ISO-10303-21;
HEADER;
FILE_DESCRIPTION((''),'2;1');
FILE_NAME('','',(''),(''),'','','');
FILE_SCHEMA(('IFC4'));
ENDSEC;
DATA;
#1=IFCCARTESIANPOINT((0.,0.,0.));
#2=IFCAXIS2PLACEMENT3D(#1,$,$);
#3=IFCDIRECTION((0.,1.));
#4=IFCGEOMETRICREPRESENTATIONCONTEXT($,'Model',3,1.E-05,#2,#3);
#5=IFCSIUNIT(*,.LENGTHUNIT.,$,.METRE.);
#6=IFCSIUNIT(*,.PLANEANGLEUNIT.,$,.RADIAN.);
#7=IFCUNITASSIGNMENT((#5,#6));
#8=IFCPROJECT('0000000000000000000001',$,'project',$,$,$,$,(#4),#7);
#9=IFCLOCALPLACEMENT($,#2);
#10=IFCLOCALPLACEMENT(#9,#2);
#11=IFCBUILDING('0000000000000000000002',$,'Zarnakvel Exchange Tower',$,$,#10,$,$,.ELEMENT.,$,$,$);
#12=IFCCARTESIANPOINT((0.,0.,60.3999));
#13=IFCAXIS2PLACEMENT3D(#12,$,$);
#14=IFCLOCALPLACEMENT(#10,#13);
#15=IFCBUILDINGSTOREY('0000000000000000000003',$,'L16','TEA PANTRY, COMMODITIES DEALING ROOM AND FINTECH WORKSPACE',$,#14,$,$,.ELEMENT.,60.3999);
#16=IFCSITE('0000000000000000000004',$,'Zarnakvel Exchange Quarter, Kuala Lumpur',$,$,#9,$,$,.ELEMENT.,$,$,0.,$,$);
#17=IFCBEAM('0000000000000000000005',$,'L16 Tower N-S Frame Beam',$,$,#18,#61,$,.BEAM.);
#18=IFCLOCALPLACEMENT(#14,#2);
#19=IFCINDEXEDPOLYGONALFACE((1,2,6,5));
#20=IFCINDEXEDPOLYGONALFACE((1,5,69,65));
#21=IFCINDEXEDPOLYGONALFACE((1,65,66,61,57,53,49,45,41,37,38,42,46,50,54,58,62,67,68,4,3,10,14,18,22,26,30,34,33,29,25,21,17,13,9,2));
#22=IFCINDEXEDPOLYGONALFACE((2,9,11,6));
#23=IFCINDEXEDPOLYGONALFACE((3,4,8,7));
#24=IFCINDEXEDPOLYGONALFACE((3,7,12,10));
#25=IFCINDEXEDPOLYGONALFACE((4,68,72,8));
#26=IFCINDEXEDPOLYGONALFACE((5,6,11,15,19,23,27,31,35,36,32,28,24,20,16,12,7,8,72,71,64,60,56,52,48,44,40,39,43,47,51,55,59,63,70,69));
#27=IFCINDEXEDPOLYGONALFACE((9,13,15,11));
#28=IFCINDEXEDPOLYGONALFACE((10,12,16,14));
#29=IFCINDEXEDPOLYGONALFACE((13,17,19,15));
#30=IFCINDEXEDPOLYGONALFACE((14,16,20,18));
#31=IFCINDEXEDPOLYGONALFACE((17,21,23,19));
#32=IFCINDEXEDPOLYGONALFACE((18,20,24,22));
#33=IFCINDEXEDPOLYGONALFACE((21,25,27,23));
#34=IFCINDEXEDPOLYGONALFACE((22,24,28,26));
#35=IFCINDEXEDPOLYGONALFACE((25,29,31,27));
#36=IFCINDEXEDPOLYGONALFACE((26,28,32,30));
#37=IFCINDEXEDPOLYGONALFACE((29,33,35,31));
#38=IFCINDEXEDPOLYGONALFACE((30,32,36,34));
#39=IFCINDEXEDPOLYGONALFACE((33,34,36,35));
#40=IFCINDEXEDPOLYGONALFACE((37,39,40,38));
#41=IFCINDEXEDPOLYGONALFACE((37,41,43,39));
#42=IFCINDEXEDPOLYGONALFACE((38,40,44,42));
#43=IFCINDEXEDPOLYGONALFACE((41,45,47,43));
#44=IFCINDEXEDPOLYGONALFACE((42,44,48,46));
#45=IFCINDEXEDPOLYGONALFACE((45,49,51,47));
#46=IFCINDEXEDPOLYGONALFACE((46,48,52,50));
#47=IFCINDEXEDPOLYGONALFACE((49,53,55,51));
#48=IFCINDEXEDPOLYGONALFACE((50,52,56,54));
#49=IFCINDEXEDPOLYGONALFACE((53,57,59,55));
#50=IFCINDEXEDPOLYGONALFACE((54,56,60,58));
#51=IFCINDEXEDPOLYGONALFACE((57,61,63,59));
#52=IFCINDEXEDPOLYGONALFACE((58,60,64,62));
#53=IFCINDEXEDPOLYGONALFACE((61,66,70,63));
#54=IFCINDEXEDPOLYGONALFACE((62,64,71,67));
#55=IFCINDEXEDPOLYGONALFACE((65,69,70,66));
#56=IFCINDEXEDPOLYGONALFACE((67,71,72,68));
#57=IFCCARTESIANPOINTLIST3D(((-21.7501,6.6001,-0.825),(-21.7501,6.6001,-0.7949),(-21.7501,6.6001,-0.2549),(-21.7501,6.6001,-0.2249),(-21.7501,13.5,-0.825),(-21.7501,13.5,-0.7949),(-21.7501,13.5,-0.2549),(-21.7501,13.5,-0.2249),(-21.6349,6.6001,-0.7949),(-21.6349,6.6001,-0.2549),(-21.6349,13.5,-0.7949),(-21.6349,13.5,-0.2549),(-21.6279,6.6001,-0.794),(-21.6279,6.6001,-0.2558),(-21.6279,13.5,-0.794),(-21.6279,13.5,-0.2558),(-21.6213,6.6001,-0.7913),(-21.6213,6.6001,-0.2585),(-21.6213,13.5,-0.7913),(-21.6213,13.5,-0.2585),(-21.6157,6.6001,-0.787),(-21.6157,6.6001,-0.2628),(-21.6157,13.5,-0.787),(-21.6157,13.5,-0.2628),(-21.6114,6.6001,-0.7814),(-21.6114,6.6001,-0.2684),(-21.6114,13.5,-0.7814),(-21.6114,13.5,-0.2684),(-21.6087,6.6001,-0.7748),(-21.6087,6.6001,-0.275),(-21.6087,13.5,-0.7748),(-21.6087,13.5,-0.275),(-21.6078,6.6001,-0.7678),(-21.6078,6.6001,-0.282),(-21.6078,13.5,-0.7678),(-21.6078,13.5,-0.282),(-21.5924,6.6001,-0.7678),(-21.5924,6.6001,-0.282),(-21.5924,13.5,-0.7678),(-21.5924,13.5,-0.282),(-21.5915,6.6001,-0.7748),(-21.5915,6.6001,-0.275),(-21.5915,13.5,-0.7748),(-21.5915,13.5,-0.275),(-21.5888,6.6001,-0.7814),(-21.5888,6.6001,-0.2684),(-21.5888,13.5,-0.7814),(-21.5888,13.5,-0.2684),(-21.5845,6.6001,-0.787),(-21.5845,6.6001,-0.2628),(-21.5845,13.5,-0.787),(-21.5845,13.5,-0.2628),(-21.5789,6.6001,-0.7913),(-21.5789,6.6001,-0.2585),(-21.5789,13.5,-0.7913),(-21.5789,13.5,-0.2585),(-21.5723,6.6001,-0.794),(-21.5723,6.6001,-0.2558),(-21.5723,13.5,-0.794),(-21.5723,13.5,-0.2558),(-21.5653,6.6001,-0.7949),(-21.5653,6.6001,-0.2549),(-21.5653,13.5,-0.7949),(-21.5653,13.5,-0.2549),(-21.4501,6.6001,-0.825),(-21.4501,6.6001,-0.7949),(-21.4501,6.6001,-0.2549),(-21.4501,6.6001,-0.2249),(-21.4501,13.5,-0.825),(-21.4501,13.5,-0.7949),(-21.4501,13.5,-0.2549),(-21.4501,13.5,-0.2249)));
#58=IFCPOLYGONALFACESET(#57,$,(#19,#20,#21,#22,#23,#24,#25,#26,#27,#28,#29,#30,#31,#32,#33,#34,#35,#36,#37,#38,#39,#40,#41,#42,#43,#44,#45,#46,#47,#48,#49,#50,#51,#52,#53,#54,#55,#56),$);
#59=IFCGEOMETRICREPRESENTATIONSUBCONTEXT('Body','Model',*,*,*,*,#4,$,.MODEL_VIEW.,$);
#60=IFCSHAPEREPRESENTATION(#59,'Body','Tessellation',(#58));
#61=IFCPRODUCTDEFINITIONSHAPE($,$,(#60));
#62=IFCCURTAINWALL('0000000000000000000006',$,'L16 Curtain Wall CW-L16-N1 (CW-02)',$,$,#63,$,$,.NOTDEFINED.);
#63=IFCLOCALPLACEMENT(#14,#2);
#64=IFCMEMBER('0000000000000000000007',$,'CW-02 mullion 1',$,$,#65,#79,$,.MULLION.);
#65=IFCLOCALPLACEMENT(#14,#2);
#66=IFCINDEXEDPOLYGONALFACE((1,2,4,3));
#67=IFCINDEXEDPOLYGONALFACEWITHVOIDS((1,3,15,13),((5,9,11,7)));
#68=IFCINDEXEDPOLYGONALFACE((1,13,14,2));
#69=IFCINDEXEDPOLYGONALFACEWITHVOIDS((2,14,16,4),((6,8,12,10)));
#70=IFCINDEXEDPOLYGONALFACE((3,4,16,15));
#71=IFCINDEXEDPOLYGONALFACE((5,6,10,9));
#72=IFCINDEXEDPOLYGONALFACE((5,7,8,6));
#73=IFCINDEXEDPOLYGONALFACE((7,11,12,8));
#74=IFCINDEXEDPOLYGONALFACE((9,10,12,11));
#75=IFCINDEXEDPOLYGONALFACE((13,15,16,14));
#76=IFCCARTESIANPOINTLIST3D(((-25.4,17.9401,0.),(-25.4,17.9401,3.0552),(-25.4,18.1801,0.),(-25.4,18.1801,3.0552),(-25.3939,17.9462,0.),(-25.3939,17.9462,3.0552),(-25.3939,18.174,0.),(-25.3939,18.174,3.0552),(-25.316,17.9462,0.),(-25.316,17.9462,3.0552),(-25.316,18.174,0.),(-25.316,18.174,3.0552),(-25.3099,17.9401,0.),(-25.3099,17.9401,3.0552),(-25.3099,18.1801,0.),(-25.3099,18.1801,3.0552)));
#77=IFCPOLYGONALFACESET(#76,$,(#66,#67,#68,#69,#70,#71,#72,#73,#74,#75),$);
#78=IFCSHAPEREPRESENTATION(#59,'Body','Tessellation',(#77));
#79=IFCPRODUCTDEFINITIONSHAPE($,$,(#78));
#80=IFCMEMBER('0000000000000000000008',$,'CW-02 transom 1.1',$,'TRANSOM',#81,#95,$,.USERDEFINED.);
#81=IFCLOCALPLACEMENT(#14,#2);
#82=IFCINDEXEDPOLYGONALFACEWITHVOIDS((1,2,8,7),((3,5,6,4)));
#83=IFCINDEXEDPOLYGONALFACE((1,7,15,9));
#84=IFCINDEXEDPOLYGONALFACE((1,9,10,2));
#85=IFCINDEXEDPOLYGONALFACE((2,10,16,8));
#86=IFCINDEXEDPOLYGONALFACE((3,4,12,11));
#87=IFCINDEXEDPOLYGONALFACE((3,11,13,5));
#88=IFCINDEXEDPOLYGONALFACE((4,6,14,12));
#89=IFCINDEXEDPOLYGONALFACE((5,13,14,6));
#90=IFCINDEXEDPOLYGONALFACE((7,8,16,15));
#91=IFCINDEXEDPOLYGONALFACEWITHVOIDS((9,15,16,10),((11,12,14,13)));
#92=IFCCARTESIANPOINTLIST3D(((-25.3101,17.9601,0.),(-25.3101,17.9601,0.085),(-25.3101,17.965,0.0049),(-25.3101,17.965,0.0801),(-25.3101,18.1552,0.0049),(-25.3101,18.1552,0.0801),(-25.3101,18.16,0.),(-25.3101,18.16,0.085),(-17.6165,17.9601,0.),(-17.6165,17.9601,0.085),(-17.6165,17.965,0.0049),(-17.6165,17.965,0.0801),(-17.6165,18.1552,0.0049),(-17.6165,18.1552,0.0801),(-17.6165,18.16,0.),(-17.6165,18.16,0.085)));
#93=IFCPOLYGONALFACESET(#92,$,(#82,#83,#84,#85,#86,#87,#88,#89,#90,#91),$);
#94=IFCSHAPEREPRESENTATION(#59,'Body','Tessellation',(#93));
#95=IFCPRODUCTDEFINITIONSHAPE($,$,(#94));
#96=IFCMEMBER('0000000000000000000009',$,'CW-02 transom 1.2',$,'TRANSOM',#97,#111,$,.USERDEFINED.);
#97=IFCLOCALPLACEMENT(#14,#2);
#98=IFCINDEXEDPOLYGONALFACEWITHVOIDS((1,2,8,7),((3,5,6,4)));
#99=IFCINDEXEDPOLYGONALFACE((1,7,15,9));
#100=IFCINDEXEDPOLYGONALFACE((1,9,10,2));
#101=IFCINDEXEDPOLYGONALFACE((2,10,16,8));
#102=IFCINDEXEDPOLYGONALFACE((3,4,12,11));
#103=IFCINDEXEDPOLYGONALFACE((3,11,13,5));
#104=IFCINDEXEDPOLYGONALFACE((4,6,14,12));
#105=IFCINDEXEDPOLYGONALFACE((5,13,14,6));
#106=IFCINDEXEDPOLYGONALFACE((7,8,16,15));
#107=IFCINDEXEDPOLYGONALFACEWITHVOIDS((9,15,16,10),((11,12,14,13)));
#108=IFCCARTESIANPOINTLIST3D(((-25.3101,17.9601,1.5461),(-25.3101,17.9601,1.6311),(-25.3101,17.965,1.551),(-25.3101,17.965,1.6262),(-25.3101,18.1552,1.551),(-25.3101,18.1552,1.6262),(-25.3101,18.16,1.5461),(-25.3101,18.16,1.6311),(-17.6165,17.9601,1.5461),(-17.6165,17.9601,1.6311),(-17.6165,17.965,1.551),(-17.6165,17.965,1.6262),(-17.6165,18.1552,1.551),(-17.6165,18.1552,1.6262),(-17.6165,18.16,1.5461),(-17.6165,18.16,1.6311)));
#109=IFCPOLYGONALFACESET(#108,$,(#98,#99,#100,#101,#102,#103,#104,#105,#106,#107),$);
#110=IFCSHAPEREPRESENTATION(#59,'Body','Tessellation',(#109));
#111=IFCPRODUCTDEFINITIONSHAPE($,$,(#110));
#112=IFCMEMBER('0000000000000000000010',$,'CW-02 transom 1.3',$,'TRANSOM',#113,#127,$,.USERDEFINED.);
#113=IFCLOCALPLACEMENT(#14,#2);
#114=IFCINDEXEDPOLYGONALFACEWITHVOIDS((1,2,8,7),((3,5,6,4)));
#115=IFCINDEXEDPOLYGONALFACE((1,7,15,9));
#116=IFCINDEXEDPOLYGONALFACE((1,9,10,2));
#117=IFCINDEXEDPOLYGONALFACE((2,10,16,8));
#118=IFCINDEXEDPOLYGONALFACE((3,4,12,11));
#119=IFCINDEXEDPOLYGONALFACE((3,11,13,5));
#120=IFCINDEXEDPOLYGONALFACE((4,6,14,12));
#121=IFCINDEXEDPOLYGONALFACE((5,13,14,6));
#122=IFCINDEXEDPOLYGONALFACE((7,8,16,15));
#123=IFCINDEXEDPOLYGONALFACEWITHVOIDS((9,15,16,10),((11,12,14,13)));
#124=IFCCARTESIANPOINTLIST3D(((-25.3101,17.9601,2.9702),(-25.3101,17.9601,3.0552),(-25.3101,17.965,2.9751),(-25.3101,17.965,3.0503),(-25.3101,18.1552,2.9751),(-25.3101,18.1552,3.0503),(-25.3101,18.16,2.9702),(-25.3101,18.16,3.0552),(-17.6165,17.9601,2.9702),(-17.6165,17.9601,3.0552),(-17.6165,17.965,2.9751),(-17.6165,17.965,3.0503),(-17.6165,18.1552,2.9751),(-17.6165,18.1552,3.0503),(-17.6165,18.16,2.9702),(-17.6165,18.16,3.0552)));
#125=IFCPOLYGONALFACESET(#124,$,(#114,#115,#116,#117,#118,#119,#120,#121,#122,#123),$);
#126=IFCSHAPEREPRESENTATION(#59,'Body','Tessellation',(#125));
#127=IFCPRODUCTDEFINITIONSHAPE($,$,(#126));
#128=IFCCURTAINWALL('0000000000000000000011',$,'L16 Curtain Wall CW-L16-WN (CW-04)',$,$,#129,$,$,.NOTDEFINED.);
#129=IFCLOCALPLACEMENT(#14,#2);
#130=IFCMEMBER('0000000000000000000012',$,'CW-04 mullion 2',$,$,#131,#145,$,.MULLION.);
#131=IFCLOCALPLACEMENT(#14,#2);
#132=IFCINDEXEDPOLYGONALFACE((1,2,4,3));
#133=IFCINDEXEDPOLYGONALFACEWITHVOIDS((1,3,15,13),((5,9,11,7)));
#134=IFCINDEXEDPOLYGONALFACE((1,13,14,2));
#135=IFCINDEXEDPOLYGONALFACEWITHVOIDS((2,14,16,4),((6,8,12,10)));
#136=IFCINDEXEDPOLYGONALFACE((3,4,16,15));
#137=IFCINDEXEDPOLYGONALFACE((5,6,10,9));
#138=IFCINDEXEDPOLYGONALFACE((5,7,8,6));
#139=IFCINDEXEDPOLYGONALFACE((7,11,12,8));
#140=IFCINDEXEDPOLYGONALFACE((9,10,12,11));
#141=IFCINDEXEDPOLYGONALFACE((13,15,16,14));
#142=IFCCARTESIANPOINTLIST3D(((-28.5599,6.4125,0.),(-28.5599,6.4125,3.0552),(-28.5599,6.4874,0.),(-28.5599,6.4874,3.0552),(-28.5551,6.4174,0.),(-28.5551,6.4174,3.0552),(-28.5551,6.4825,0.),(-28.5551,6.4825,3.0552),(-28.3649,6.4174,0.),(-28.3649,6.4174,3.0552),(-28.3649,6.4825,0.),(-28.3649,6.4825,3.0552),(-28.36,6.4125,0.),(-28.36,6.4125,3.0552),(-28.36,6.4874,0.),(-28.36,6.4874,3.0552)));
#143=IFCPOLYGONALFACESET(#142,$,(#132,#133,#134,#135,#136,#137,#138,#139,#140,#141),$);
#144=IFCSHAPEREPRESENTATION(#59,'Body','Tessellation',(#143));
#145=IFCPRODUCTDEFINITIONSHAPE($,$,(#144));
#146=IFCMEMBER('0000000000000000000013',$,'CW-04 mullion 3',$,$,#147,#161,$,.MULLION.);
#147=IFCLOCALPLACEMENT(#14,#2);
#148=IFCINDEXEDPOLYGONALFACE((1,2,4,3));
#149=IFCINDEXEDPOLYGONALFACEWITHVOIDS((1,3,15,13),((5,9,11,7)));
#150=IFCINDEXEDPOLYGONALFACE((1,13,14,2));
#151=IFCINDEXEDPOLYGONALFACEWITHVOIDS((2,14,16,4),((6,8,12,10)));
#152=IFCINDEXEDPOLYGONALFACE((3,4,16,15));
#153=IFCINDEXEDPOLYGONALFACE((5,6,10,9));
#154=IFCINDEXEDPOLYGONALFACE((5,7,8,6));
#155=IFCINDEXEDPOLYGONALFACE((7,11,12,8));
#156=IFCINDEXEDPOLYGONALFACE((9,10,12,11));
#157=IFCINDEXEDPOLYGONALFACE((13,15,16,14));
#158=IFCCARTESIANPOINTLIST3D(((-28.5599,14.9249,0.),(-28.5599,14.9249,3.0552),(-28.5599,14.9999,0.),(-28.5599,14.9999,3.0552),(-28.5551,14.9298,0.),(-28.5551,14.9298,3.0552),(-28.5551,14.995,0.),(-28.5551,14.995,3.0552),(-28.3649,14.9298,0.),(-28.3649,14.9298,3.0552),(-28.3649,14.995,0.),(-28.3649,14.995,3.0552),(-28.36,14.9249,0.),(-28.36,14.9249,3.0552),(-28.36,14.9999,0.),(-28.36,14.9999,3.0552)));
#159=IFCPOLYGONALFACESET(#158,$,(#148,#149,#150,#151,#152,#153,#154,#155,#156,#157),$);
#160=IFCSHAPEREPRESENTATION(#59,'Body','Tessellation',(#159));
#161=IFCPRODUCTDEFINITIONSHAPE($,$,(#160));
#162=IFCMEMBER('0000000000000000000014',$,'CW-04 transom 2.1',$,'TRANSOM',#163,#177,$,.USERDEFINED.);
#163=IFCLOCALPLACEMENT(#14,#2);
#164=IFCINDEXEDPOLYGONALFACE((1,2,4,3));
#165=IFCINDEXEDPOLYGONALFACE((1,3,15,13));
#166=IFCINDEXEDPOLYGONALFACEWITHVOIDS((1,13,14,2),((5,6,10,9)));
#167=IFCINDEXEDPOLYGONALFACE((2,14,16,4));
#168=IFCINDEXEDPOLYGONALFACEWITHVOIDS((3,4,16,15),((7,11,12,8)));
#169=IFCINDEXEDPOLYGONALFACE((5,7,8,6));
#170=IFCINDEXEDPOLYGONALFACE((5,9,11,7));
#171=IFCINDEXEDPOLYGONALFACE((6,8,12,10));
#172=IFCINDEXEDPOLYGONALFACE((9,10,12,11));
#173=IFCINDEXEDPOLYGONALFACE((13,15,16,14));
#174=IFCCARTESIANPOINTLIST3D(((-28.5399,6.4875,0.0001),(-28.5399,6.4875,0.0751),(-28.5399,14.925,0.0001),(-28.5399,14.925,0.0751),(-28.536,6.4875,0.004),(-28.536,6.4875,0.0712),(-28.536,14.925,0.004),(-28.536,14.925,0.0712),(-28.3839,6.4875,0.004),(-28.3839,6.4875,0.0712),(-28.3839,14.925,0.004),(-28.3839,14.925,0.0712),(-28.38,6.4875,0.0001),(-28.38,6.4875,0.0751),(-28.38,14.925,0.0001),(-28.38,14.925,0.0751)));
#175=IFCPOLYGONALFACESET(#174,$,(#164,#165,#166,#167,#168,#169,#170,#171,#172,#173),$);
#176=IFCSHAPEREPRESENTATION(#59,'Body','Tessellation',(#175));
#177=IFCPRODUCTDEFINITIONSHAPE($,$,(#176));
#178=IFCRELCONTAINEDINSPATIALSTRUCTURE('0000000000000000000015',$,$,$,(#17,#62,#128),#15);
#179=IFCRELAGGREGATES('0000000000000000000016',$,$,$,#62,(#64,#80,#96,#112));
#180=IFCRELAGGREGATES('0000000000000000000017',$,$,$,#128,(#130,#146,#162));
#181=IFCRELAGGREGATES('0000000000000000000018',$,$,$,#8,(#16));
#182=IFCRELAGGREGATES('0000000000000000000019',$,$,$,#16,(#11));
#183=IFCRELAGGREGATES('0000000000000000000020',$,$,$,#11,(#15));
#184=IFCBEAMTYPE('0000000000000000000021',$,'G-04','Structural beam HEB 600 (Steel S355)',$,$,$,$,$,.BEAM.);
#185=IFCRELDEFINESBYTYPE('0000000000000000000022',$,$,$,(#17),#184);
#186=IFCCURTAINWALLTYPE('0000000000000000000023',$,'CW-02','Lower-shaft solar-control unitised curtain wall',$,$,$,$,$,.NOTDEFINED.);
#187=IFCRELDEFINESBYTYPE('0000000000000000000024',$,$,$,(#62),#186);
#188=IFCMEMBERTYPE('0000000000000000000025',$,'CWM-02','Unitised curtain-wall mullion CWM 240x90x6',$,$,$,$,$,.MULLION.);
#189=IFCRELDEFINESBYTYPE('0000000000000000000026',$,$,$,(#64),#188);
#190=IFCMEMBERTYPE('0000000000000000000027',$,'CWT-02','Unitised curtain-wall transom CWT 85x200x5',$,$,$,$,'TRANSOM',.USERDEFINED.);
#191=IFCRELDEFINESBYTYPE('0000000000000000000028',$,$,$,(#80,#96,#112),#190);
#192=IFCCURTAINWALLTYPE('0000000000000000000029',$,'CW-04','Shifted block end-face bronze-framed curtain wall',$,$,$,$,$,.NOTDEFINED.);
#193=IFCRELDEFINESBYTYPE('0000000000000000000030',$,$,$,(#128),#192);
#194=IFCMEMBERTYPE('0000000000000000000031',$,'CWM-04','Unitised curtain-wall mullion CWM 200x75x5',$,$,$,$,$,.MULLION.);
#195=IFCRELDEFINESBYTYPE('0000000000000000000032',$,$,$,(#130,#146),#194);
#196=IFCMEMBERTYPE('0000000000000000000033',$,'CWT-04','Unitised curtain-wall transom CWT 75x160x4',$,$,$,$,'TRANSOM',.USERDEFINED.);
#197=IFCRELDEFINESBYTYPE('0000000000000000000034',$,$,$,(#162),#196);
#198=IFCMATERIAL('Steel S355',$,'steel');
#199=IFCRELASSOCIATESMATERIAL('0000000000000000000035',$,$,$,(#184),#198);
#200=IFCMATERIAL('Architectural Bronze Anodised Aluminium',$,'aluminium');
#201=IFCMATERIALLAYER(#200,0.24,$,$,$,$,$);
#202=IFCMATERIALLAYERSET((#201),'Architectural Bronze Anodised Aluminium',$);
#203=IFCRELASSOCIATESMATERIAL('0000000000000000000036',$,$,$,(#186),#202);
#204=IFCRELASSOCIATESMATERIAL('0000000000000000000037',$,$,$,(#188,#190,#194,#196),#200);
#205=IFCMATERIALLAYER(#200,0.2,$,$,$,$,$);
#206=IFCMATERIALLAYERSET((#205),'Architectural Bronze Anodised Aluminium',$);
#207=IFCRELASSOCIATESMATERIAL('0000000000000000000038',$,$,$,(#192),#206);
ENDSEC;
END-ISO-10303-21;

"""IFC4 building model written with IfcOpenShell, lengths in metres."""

from ifc_helpers import new_model, si_unit, direction, frame, origin, origin_2d, place, context, subcontext, project, spatial, hollow_rectangle, i_section, extrude, source, transform, mapped, material, layer, layer_set, material_profile, profile_set, type_object, element, aggregate, save


model = new_model("IFC4")

# Units and contexts
model_context = context("Model", 3, precision=1e-05, world=origin(), true_north=direction((0.0, 1.0)))
body_context = subcontext(model_context, "Body", "Model", "MODEL_VIEW")
ifc_project = project(units=[si_unit("LENGTHUNIT", "METRE"), si_unit("PLANEANGLEUNIT", "RADIAN")], contexts=[model_context])

# Site, building, storey
site_placement = place(None, origin())
site = spatial("IfcSite", under=ifc_project, at=site_placement, Name="Zarnakvel Exchange Quarter, Kuala Lumpur", CompositionType="ELEMENT", RefElevation=0.0)
building_placement = place(site_placement, origin())
building = spatial("IfcBuilding", under=site, at=building_placement, Name="Zarnakvel Exchange Tower", CompositionType="ELEMENT")
storey_placement = place(building_placement, frame((0.0, 0.0, 60.3999)))
storey = spatial("IfcBuildingStorey", under=building, at=storey_placement, Name="L16", Description="TEA PANTRY, COMMODITIES DEALING ROOM AND FINTECH WORKSPACE", CompositionType="ELEMENT", Elevation=60.3999)

# Shared definitions
ifc_material_1 = material(Name="Steel S355", Category="steel")

# Beam
ifc_material_profile_1 = material_profile(ifc_material_1, i_section(OverallWidth=0.3, OverallDepth=0.6001, WebThickness=0.0154, FlangeThickness=0.03, FilletRadius=0.0271, at=origin_2d()))
ifc_profile_set_1 = profile_set([ifc_material_profile_1], Name="Steel S355")
beam_type = type_object("IfcBeamType", Name="G-04", Description="Structural beam HEB 600 (Steel S355)", PredefinedType="BEAM", material=ifc_profile_set_1)
beam_1_placement = place(storey_placement, frame((-21.6001, 6.6001, -0.5249), z_axis=(0.0, 1.0, 0.0), x_axis=(-1.0, 0.0, 0.0)))
element("IfcBeam", 1, at=beam_1_placement, inside=storey, type_object=beam_type, Name="L16 Tower N-S Frame Beam", PredefinedType="BEAM", context=body_context, shape_type="SweptSolid", body=[
    extrude(i_section(OverallWidth=0.3, OverallDepth=0.6001, WebThickness=0.0154, FlangeThickness=0.03, FilletRadius=0.0271, at=origin_2d()), origin(), (0.0, 0.0, 1.0), 6.8999),
])

# Curtain wall, members
ifc_material_2 = material(Name="Architectural Bronze Anodised Aluminium", Category="aluminium")
ifc_layer_1 = layer(ifc_material_2, 0.24)
ifc_layer_set_1 = layer_set([ifc_layer_1], Name="Architectural Bronze Anodised Aluminium")
curtain_wall_type_1 = type_object("IfcCurtainWallType", Name="CW-02", Description="Lower-shaft solar-control unitised curtain wall", PredefinedType="NOTDEFINED", material=ifc_layer_set_1)
curtain_wall_1_placement = place(storey_placement, origin())
curtain_wall_1 = element("IfcCurtainWall", 2, at=curtain_wall_1_placement, inside=storey, type_object=curtain_wall_type_1, Name="L16 Curtain Wall CW-L16-N1 (CW-02)", PredefinedType="NOTDEFINED")
ifc_material_profile_2 = material_profile(ifc_material_2, hollow_rectangle(XDim=0.24, YDim=0.0901, WallThickness=0.0061, at=origin_2d()))
ifc_profile_set_2 = profile_set([ifc_material_profile_2], Name="Architectural Bronze Anodised Aluminium")
member_type_1 = type_object("IfcMemberType", Name="CWM-02", Description="Unitised curtain-wall mullion CWM 240x90x6", PredefinedType="MULLION", material=ifc_profile_set_2)
shared_shape_1 = source(origin(), body_context, "Body", "SweptSolid", [
    extrude(hollow_rectangle(XDim=0.24, YDim=0.0901, WallThickness=0.0061, at=origin_2d()), origin(), (0.0, 0.0, 1.0), 3.0552),
])
member_1_placement = place(storey_placement, frame((-25.355, 18.0601, 0.0), z_axis=(0.0, 0.0, 1.0), x_axis=(0.0, 1.0, 0.0)))
member_1 = element("IfcMember", 3, at=member_1_placement, type_object=member_type_1, Name="CW-02 mullion 1", PredefinedType="MULLION", context=body_context, shape_type="MappedRepresentation", body=[
    mapped(shared_shape_1, transform((0.0, 0.0, 0.0), x_axis=(1.0, 0.0, 0.0), y_axis=(0.0, 1.0, 0.0), z_axis=(0.0, 0.0, 1.0), scale=1.0)),
])
ifc_material_profile_3 = material_profile(ifc_material_2, hollow_rectangle(XDim=0.2, YDim=0.085, WallThickness=0.0049, at=origin_2d()))
ifc_profile_set_3 = profile_set([ifc_material_profile_3], Name="Architectural Bronze Anodised Aluminium")
member_type_2 = type_object("IfcMemberType", Name="CWT-02", Description="Unitised curtain-wall transom CWT 85x200x5", ElementType="TRANSOM", PredefinedType="USERDEFINED", material=ifc_profile_set_3)
shared_shape_2 = source(origin(), body_context, "Body", "SweptSolid", [
    extrude(hollow_rectangle(XDim=0.2, YDim=0.085, WallThickness=0.0049, at=origin_2d()), origin(), (0.0, 0.0, 1.0), 7.6936),
])
member_2_placement = place(storey_placement, frame((-25.3101, 18.0601, 0.0425), z_axis=(1.0, 0.0, 0.0), x_axis=(0.0, 1.0, 0.0)))
member_2 = element("IfcMember", 4, at=member_2_placement, type_object=member_type_2, Name="CW-02 transom 1.1", ObjectType="TRANSOM", PredefinedType="USERDEFINED", context=body_context, shape_type="MappedRepresentation", body=[
    mapped(shared_shape_2, transform((0.0, 0.0, 0.0), x_axis=(1.0, 0.0, 0.0), y_axis=(0.0, 1.0, 0.0), z_axis=(0.0, 0.0, 1.0), scale=1.0)),
])
member_3_placement = place(storey_placement, frame((-25.3101, 18.0601, 1.5886), z_axis=(1.0, 0.0, 0.0), x_axis=(0.0, 1.0, 0.0)))
member_3 = element("IfcMember", 5, at=member_3_placement, type_object=member_type_2, Name="CW-02 transom 1.2", ObjectType="TRANSOM", PredefinedType="USERDEFINED", context=body_context, shape_type="MappedRepresentation", body=[
    mapped(shared_shape_2, transform((0.0, 0.0, 0.0), x_axis=(1.0, 0.0, 0.0), y_axis=(0.0, 1.0, 0.0), z_axis=(0.0, 0.0, 1.0), scale=1.0)),
])
member_4_placement = place(storey_placement, frame((-25.3101, 18.0601, 3.0127), z_axis=(1.0, 0.0, 0.0), x_axis=(0.0, 1.0, 0.0)))
member_4 = element("IfcMember", 6, at=member_4_placement, type_object=member_type_2, Name="CW-02 transom 1.3", ObjectType="TRANSOM", PredefinedType="USERDEFINED", context=body_context, shape_type="MappedRepresentation", body=[
    mapped(shared_shape_2, transform((0.0, 0.0, 0.0), x_axis=(1.0, 0.0, 0.0), y_axis=(0.0, 1.0, 0.0), z_axis=(0.0, 0.0, 1.0), scale=1.0)),
])
aggregate(curtain_wall_1, [member_1, member_2, member_3, member_4])

# Curtain wall, members
ifc_layer_2 = layer(ifc_material_2, 0.2)
ifc_layer_set_2 = layer_set([ifc_layer_2], Name="Architectural Bronze Anodised Aluminium")
curtain_wall_type_2 = type_object("IfcCurtainWallType", Name="CW-04", Description="Shifted block end-face bronze-framed curtain wall", PredefinedType="NOTDEFINED", material=ifc_layer_set_2)
curtain_wall_2_placement = place(storey_placement, origin())
curtain_wall_2 = element("IfcCurtainWall", 7, at=curtain_wall_2_placement, inside=storey, type_object=curtain_wall_type_2, Name="L16 Curtain Wall CW-L16-WN (CW-04)", PredefinedType="NOTDEFINED")
ifc_material_profile_4 = material_profile(ifc_material_2, hollow_rectangle(XDim=0.2, YDim=0.075, WallThickness=0.0049, at=origin_2d()))
ifc_profile_set_4 = profile_set([ifc_material_profile_4], Name="Architectural Bronze Anodised Aluminium")
member_type_3 = type_object("IfcMemberType", Name="CWM-04", Description="Unitised curtain-wall mullion CWM 200x75x5", PredefinedType="MULLION", material=ifc_profile_set_4)
shared_shape_3 = source(origin(), body_context, "Body", "SweptSolid", [
    extrude(hollow_rectangle(XDim=0.2, YDim=0.075, WallThickness=0.0049, at=origin_2d()), origin(), (0.0, 0.0, 1.0), 3.0552),
])
member_5_placement = place(storey_placement, frame((-28.46, 6.45, 0.0), z_axis=(0.0, 0.0, 1.0), x_axis=(-1.0, 0.0, 0.0)))
member_5 = element("IfcMember", 8, at=member_5_placement, type_object=member_type_3, Name="CW-04 mullion 2", PredefinedType="MULLION", context=body_context, shape_type="MappedRepresentation", body=[
    mapped(shared_shape_3, transform((0.0, 0.0, 0.0), x_axis=(1.0, 0.0, 0.0), y_axis=(0.0, 1.0, 0.0), z_axis=(0.0, 0.0, 1.0), scale=1.0)),
])
member_6_placement = place(storey_placement, frame((-28.46, 14.9624, 0.0), z_axis=(0.0, 0.0, 1.0), x_axis=(-1.0, 0.0, 0.0)))
member_6 = element("IfcMember", 9, at=member_6_placement, type_object=member_type_3, Name="CW-04 mullion 3", PredefinedType="MULLION", context=body_context, shape_type="MappedRepresentation", body=[
    mapped(shared_shape_3, transform((0.0, 0.0, 0.0), x_axis=(1.0, 0.0, 0.0), y_axis=(0.0, 1.0, 0.0), z_axis=(0.0, 0.0, 1.0), scale=1.0)),
])
ifc_material_profile_5 = material_profile(ifc_material_2, hollow_rectangle(XDim=0.1599, YDim=0.075, WallThickness=0.0039, at=origin_2d()))
ifc_profile_set_5 = profile_set([ifc_material_profile_5], Name="Architectural Bronze Anodised Aluminium")
member_type_4 = type_object("IfcMemberType", Name="CWT-04", Description="Unitised curtain-wall transom CWT 75x160x4", ElementType="TRANSOM", PredefinedType="USERDEFINED", material=ifc_profile_set_5)
shared_shape_4 = source(origin(), body_context, "Body", "SweptSolid", [
    extrude(hollow_rectangle(XDim=0.1599, YDim=0.075, WallThickness=0.0039, at=origin_2d()), origin(), (0.0, 0.0, 1.0), 8.4375),
])
member_7_placement = place(storey_placement, frame((-28.46, 6.4875, 0.0376), z_axis=(0.0, 1.0, 0.0), x_axis=(-1.0, 0.0, 0.0)))
member_7 = element("IfcMember", 10, at=member_7_placement, type_object=member_type_4, Name="CW-04 transom 2.1", ObjectType="TRANSOM", PredefinedType="USERDEFINED", context=body_context, shape_type="MappedRepresentation", body=[
    mapped(shared_shape_4, transform((0.0, 0.0, 0.0), x_axis=(1.0, 0.0, 0.0), y_axis=(0.0, 1.0, 0.0), z_axis=(0.0, 0.0, 1.0), scale=1.0)),
])
aggregate(curtain_wall_2, [member_5, member_6, member_7])

save(model, "model.ifc")
